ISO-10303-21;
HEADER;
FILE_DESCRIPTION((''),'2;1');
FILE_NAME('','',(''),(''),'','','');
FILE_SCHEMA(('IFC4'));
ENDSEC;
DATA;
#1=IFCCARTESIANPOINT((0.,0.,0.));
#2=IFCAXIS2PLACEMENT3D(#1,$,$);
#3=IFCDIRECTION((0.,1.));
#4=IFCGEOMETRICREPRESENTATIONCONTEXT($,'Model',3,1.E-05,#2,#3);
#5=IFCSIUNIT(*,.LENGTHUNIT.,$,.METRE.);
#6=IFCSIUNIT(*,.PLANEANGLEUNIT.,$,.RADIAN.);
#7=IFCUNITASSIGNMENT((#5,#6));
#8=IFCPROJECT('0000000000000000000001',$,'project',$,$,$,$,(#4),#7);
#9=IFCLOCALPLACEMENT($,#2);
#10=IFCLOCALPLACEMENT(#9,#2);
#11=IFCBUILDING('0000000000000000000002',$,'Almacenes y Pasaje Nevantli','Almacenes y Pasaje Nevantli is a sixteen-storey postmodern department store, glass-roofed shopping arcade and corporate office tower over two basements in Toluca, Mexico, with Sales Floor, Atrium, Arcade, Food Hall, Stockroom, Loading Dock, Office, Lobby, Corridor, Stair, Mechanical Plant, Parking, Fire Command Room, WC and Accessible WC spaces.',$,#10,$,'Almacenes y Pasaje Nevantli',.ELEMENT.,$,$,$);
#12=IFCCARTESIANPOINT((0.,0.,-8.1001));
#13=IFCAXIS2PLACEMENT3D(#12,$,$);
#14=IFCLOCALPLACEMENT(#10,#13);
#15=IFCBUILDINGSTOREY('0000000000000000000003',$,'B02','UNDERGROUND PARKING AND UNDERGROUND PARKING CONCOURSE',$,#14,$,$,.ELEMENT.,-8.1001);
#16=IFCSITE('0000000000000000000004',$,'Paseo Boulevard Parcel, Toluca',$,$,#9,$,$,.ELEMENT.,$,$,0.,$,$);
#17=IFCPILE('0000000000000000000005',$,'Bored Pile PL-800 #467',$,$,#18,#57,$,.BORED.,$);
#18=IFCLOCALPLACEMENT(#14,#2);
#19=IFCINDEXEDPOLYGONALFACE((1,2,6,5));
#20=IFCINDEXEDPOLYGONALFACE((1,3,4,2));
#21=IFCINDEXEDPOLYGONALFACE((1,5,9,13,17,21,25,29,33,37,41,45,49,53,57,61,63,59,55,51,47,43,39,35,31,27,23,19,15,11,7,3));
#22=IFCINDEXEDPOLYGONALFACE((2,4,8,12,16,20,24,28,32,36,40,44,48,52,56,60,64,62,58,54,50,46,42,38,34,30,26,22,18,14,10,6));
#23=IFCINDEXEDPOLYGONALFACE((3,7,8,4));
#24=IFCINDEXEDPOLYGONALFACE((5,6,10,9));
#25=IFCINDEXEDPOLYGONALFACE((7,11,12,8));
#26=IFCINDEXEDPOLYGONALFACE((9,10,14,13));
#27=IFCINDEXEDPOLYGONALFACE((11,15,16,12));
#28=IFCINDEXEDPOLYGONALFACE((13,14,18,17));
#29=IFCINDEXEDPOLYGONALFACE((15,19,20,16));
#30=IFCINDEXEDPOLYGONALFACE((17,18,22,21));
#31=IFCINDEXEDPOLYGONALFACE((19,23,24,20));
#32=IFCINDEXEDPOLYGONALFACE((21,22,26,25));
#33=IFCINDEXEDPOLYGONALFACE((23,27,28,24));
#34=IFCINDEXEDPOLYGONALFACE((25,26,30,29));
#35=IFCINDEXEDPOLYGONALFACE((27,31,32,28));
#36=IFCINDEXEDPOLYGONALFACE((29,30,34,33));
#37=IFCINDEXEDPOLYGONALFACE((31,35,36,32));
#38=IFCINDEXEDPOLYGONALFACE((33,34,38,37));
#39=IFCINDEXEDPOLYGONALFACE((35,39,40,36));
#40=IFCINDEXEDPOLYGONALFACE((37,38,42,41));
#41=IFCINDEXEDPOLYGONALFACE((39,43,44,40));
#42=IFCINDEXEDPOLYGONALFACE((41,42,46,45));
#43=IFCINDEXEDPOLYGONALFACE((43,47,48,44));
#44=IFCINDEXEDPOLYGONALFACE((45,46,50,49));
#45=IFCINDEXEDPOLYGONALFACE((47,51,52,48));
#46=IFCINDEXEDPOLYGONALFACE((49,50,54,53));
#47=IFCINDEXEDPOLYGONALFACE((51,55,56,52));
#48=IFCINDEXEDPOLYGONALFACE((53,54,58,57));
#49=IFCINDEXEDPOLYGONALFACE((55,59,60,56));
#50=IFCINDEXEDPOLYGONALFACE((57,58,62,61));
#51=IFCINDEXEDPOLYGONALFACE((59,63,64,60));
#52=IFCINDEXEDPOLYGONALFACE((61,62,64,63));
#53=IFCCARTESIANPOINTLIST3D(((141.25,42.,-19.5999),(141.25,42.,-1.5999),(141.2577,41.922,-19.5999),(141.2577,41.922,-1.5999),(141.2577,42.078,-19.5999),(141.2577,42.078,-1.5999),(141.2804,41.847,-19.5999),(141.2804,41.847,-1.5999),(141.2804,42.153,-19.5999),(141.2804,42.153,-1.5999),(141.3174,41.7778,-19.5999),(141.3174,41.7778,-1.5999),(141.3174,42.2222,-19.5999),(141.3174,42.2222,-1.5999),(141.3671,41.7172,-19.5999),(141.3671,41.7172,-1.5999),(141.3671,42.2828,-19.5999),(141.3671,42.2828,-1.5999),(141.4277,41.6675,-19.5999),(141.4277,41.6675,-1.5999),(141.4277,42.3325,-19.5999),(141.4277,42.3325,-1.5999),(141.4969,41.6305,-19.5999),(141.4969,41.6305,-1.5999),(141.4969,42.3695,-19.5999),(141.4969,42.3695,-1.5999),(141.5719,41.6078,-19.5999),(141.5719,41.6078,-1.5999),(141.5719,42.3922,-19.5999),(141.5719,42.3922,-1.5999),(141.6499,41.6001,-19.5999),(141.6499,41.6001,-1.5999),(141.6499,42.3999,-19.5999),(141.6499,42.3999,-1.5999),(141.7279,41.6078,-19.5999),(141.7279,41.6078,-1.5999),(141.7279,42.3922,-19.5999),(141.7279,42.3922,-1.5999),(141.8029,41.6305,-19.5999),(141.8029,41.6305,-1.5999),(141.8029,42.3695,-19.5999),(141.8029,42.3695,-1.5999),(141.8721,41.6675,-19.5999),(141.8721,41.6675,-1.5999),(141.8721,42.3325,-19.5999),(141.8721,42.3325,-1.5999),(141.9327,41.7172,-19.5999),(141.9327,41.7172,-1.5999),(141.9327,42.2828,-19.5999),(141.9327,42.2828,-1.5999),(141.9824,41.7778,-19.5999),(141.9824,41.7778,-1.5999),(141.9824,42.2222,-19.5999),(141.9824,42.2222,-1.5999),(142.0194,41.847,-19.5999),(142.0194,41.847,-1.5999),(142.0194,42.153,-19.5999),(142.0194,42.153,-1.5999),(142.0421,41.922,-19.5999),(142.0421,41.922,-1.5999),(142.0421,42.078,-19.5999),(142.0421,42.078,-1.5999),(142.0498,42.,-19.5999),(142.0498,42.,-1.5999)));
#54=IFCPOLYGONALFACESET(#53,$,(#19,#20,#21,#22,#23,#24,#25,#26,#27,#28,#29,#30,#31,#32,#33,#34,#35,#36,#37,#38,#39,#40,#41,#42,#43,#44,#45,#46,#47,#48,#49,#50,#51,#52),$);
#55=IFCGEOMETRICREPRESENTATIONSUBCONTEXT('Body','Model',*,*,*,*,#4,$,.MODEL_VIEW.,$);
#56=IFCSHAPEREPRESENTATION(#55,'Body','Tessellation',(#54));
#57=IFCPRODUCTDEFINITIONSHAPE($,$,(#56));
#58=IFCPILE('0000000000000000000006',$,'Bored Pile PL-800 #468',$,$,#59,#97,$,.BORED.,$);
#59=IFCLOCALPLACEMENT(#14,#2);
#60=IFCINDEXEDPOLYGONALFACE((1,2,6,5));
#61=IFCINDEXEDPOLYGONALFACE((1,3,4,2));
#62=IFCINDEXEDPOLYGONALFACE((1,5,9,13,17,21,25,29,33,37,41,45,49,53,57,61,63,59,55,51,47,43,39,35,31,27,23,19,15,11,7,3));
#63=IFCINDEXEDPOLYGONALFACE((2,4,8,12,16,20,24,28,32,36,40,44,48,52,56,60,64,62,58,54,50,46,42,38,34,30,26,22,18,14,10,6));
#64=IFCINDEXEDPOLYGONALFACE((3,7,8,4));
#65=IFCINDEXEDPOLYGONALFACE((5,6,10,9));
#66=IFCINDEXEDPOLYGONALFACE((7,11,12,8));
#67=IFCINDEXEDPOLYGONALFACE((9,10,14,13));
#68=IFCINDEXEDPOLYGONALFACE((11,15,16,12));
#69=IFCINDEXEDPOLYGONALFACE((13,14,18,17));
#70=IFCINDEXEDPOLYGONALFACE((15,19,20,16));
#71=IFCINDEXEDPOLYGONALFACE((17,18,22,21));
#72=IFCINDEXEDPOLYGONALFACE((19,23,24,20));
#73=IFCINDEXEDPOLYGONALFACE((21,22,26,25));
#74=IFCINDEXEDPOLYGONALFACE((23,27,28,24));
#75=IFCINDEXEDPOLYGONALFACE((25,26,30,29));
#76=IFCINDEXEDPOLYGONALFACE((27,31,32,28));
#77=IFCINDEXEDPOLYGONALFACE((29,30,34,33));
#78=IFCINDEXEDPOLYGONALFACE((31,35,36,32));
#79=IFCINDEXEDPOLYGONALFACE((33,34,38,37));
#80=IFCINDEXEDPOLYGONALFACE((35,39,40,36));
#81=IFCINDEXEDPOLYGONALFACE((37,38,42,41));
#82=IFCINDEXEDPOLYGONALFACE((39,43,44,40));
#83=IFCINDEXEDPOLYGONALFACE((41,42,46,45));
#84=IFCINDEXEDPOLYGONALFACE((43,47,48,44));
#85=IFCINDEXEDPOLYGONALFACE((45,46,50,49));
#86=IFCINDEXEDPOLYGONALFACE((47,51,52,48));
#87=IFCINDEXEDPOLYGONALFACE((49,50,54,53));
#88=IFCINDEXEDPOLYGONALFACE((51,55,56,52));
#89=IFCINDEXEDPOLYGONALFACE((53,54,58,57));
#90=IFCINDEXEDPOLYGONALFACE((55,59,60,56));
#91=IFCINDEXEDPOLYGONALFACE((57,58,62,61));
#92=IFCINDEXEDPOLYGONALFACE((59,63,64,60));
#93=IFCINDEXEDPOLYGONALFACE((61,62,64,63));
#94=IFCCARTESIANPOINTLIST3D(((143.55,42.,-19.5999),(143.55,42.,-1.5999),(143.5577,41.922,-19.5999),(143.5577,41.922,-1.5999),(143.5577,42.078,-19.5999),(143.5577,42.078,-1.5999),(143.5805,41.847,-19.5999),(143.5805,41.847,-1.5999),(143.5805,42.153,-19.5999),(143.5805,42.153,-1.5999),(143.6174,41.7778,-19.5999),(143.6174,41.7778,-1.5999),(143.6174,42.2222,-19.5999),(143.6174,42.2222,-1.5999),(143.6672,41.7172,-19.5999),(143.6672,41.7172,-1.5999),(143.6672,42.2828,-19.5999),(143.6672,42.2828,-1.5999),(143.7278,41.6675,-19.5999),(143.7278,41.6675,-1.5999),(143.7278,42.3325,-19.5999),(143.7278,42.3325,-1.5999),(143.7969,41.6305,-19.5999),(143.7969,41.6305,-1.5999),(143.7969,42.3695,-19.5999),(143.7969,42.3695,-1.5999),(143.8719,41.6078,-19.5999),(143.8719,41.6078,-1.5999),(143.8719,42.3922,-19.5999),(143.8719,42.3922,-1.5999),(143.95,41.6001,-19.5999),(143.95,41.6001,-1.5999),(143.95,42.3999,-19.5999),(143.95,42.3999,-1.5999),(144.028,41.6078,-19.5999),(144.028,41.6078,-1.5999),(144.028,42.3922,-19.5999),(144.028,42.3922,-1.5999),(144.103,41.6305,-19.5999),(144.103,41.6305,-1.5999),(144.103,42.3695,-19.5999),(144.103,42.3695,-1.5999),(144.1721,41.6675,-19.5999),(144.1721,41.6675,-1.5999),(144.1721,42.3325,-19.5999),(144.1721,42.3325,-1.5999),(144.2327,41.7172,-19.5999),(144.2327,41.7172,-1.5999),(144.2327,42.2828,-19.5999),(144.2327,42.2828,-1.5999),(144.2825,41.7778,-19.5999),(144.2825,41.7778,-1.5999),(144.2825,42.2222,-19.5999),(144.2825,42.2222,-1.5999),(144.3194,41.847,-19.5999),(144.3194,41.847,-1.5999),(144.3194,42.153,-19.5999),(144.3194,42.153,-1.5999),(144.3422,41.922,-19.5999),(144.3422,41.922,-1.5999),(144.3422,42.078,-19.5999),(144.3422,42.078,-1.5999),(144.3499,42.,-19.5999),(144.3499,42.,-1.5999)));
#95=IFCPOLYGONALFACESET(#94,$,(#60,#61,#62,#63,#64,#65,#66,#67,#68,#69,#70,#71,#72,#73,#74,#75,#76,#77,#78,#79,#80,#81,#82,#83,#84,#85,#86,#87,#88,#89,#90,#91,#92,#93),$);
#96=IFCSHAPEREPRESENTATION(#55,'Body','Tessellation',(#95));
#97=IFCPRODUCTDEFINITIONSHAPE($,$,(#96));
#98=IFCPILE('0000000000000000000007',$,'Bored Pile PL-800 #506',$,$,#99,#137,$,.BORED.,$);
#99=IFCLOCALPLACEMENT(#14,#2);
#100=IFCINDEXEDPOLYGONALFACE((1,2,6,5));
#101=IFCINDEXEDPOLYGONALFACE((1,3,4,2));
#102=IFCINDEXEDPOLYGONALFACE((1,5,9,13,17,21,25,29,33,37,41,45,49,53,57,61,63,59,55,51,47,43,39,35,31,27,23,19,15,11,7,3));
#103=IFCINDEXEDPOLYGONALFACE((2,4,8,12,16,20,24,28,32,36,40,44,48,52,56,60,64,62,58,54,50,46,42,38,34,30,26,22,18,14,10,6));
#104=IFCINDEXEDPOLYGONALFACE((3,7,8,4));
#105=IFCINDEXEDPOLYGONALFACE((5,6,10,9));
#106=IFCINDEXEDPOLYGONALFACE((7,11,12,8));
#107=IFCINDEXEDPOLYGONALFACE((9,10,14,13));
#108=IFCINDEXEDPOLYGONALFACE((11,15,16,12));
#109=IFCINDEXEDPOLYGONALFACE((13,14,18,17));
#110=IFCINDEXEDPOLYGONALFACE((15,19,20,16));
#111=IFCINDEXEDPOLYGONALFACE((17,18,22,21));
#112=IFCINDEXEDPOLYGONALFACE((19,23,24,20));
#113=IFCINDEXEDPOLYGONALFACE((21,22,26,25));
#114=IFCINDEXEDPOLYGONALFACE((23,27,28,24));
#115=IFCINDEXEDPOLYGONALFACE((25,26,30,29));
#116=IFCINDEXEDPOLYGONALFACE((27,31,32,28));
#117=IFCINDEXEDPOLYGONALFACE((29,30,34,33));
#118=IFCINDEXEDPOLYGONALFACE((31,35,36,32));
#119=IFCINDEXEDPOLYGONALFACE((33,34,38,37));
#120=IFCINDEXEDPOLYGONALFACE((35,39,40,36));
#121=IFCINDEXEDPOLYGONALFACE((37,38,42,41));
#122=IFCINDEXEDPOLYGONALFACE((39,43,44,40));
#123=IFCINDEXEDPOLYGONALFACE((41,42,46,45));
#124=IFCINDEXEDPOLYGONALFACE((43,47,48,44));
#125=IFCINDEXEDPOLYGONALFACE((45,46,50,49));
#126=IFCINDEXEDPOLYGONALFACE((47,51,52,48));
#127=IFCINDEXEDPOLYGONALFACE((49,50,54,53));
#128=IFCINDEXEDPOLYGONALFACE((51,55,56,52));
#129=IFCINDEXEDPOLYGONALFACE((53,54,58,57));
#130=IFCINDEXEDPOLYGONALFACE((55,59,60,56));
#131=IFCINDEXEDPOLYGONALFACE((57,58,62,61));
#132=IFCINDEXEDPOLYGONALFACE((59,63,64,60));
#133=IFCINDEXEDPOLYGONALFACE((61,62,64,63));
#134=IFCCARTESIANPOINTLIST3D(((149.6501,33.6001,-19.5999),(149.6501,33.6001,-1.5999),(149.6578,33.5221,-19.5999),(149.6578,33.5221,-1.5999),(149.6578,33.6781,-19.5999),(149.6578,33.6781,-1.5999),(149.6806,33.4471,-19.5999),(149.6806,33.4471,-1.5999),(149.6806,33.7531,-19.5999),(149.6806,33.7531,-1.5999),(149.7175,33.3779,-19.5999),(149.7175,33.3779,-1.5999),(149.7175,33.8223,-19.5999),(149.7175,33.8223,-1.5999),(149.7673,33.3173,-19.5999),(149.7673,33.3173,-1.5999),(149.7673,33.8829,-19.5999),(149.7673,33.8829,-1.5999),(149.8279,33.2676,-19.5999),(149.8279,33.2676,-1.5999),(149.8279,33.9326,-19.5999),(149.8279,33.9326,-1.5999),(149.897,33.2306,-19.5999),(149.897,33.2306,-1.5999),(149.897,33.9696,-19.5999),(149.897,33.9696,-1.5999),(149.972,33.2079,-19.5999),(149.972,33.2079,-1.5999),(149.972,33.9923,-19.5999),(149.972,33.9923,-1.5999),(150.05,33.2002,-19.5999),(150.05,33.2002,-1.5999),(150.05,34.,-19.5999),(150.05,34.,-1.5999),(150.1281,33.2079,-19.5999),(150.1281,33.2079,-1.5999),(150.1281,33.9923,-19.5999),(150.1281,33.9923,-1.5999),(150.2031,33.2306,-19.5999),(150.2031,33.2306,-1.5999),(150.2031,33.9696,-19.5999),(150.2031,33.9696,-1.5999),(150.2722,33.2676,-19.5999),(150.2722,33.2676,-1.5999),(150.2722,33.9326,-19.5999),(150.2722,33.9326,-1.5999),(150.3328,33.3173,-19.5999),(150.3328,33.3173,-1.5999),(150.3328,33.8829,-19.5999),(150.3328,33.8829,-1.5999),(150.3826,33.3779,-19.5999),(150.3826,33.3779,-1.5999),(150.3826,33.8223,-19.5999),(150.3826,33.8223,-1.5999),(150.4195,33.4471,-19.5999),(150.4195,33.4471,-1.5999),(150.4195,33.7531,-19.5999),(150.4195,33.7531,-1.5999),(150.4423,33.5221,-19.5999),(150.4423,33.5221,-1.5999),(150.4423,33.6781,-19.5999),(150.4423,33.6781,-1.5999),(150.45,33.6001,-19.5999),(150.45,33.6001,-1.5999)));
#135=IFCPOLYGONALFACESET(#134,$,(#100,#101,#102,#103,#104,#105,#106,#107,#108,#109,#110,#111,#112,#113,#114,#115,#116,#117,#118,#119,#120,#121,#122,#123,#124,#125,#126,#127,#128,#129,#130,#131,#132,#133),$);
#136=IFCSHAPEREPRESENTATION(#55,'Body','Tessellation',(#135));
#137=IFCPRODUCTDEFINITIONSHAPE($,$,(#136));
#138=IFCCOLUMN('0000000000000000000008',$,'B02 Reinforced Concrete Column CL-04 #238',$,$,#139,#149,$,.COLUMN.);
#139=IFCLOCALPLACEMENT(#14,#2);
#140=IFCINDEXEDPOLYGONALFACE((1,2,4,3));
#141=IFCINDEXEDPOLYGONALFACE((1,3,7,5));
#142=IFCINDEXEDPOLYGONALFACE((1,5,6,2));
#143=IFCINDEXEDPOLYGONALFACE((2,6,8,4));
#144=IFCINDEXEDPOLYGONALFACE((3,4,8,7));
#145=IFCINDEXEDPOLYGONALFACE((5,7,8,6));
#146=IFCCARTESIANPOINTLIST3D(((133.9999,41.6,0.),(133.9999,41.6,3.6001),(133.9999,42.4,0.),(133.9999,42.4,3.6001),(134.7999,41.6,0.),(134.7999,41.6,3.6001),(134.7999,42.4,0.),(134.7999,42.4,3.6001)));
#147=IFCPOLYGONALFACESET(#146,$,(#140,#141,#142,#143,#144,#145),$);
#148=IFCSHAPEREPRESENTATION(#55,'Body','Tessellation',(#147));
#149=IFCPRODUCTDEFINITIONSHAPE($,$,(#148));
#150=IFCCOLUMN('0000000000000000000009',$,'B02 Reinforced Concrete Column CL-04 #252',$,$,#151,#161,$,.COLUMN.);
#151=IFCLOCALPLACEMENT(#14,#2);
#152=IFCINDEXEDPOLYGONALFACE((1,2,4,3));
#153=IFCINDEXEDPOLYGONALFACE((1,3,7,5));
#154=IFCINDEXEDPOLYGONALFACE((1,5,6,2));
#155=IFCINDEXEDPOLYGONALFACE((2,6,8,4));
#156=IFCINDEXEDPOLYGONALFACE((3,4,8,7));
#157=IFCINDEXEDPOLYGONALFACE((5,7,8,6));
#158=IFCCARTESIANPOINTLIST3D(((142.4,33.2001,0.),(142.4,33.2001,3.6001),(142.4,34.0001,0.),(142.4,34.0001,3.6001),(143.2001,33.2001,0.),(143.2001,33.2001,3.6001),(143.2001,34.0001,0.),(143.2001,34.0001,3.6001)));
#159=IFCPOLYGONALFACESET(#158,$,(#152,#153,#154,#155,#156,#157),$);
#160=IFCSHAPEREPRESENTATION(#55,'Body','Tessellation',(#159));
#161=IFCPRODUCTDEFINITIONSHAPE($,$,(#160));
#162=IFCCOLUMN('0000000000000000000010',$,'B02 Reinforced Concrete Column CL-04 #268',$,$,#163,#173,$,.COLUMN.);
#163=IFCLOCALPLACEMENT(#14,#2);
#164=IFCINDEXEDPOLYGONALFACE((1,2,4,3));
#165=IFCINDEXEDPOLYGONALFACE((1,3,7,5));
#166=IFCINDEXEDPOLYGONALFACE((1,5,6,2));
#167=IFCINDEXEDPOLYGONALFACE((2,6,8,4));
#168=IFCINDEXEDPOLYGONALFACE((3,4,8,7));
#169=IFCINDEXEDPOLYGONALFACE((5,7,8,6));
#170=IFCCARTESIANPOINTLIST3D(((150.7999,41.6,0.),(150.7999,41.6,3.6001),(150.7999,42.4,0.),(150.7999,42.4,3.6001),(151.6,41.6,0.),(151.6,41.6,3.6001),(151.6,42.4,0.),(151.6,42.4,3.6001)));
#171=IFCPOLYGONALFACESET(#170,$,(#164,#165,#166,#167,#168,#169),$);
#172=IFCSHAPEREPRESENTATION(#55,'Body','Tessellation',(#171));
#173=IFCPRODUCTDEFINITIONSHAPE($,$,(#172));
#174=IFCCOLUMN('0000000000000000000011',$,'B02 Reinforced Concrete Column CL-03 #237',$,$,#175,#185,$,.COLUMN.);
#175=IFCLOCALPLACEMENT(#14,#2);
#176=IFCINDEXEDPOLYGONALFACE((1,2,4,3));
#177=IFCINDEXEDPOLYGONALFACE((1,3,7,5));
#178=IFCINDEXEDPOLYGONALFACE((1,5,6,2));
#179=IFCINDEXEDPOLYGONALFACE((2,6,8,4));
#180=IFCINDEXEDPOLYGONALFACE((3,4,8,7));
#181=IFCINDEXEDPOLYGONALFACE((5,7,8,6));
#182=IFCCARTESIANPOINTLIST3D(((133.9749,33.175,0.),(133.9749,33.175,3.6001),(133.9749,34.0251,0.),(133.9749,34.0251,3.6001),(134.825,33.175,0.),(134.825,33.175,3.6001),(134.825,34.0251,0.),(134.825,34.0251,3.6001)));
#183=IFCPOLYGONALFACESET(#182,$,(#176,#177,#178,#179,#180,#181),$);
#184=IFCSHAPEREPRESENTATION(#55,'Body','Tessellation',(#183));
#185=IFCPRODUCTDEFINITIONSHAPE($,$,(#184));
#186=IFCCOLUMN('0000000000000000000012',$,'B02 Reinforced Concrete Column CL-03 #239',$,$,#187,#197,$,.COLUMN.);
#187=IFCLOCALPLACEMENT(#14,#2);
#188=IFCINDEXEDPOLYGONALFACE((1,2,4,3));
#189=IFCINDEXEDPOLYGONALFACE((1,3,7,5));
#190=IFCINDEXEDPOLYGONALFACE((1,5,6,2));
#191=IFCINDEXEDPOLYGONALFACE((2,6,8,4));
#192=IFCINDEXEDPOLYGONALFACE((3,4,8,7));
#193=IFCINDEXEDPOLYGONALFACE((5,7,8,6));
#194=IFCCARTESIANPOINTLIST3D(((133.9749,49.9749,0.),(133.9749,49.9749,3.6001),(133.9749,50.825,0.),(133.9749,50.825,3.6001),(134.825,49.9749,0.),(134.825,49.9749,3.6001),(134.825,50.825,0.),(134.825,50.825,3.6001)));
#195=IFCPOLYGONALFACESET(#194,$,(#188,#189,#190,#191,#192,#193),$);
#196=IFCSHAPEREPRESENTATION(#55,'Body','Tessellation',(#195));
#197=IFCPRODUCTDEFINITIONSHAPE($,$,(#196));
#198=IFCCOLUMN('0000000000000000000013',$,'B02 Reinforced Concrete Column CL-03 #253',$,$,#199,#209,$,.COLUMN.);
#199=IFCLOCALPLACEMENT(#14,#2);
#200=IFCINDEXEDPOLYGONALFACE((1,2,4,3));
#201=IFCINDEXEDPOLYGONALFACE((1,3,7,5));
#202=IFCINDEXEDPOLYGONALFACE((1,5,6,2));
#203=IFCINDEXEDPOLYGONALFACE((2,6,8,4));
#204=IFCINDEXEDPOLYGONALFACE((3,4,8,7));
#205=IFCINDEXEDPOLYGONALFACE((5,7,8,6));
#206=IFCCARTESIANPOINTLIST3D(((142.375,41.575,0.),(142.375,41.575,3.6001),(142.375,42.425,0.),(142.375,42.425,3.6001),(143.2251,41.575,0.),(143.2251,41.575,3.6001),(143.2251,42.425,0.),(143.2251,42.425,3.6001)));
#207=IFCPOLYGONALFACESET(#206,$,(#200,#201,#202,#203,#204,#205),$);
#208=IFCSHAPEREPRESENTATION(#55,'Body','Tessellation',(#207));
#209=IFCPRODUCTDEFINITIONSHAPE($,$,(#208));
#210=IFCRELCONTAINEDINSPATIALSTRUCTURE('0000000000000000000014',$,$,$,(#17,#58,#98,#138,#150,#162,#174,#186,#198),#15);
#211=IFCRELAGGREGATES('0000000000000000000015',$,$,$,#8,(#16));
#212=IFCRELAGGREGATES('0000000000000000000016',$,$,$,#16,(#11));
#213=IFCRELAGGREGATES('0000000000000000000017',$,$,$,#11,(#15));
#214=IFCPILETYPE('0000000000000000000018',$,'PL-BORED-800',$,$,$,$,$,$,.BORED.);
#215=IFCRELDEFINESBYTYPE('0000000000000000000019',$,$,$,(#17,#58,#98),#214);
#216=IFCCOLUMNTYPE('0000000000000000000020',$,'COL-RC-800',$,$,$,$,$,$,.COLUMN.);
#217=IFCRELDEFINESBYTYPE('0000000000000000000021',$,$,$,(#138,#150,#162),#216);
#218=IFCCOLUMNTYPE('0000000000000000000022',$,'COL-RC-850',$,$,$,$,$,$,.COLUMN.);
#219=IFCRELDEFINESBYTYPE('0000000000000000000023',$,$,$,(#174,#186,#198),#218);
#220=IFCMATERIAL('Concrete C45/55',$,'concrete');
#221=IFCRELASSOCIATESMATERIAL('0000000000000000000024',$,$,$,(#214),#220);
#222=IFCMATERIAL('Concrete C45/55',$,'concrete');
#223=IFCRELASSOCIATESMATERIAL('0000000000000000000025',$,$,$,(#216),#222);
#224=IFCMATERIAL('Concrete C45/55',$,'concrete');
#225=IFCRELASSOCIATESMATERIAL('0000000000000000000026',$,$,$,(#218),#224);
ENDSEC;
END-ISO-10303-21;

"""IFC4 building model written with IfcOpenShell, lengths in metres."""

from ifc_helpers import new_model, si_unit, direction, frame, origin, origin_2d, place, context, subcontext, project, spatial, rectangle, circle, extrude, material, material_profile, profile_set, type_object, element, save


model = new_model("IFC4")

# Units and contexts
model_context = context("Model", 3, precision=1e-05, world=origin(), true_north=direction((0.0, 1.0)))
body_context = subcontext(model_context, "Body", "Model", "MODEL_VIEW")
ifc_project = project(units=[si_unit("LENGTHUNIT", "METRE"), si_unit("PLANEANGLEUNIT", "RADIAN")], contexts=[model_context])

# Site, building, storey
site_placement = place(None, origin())
site = spatial("IfcSite", under=ifc_project, at=site_placement, Name="Paseo Boulevard Parcel, Toluca", CompositionType="ELEMENT", RefElevation=0.0)
building_placement = place(site_placement, origin())
building = spatial("IfcBuilding", under=site, at=building_placement, Name="Almacenes y Pasaje Nevantli", Description="Almacenes y Pasaje Nevantli is a sixteen-storey postmodern department store, glass-roofed shopping arcade and corporate office tower over two basements in Toluca, Mexico, with Sales Floor, Atrium, Arcade, Food Hall, Stockroom, Loading Dock, Office, Lobby, Corridor, Stair, Mechanical Plant, Parking, Fire Command Room, WC and Accessible WC spaces.", LongName="Almacenes y Pasaje Nevantli", CompositionType="ELEMENT")
storey_placement = place(building_placement, frame((0.0, 0.0, -8.1001)))
storey = spatial("IfcBuildingStorey", under=building, at=storey_placement, Name="B02", Description="UNDERGROUND PARKING AND UNDERGROUND PARKING CONCOURSE", CompositionType="ELEMENT", Elevation=-8.1001)

# Piles
ifc_material_1 = material(Name="Concrete C45/55", Category="concrete")
ifc_material_profile_1 = material_profile(ifc_material_1, circle(Radius=0.3999, at=origin_2d()), Name="RC-PILE-D800")
ifc_profile_set_1 = profile_set([ifc_material_profile_1], Name="Concrete C45/55")
pile_type_1 = type_object("IfcPileType", Name="PL-BORED-800", PredefinedType="BORED", material=ifc_profile_set_1)
for number, where, z_axis, x_axis, name in (
    (1, (141.6499, 42.0, -1.5999), (0.0, 0.0, -1.0), (1.0, 0.0, 0.0), "Bored Pile PL-800 #467"),
    (2, (143.95, 42.0, -1.5999), (0.0, 0.0, -1.0), (1.0, 0.0, 0.0), "Bored Pile PL-800 #468"),
    (3, (150.05, 33.6001, -1.5999), (0.0, 0.0, -1.0), (1.0, 0.0, 0.0), "Bored Pile PL-800 #506"),
):
    element("IfcPile", number, at=place(storey_placement, frame(where, z_axis=z_axis, x_axis=x_axis)), inside=storey, type_object=pile_type_1, Name=name, PredefinedType="BORED", context=body_context, shape_type="SweptSolid", body=[
        extrude(circle(Radius=0.3999, at=origin_2d()), origin(), (0.0, 0.0, 1.0), 18.0),
    ])

# Columns
ifc_material_2 = material(Name="Concrete C45/55", Category="concrete")
ifc_material_profile_2 = material_profile(ifc_material_2, rectangle(XDim=0.8, YDim=0.8, at=origin_2d()), Name="RC-COL-800x800")
ifc_profile_set_2 = profile_set([ifc_material_profile_2], Name="Concrete C45/55")
column_type_1 = type_object("IfcColumnType", Name="COL-RC-800", PredefinedType="COLUMN", material=ifc_profile_set_2)
for number, where, z_axis, x_axis, name in (
    (4, (134.3999, 42.0, 0.0), (0.0, 0.0, 1.0), (1.0, 0.0, 0.0), "B02 Reinforced Concrete Column CL-04 #238"),
    (5, (142.8, 33.6001, 0.0), (0.0, 0.0, 1.0), (1.0, 0.0, 0.0), "B02 Reinforced Concrete Column CL-04 #252"),
    (6, (151.2, 42.0, 0.0), (0.0, 0.0, 1.0), (1.0, 0.0, 0.0), "B02 Reinforced Concrete Column CL-04 #268"),
):
    element("IfcColumn", number, at=place(storey_placement, frame(where, z_axis=z_axis, x_axis=x_axis)), inside=storey, type_object=column_type_1, Name=name, PredefinedType="COLUMN", context=body_context, shape_type="SweptSolid", body=[
        extrude(rectangle(XDim=0.8, YDim=0.8, at=origin_2d()), origin(), (0.0, 0.0, 1.0), 3.6001),
    ])
ifc_material_3 = material(Name="Concrete C45/55", Category="concrete")
ifc_material_profile_3 = material_profile(ifc_material_3, rectangle(XDim=0.8501, YDim=0.8501, at=origin_2d()), Name="RC-COL-850x850")
ifc_profile_set_3 = profile_set([ifc_material_profile_3], Name="Concrete C45/55")
column_type_2 = type_object("IfcColumnType", Name="COL-RC-850", PredefinedType="COLUMN", material=ifc_profile_set_3)
for number, where, z_axis, x_axis, name in (
    (7, (134.3999, 33.6001, 0.0), (0.0, 0.0, 1.0), (1.0, 0.0, 0.0), "B02 Reinforced Concrete Column CL-03 #237"),
    (8, (134.3999, 50.3999, 0.0), (0.0, 0.0, 1.0), (1.0, 0.0, 0.0), "B02 Reinforced Concrete Column CL-03 #239"),
    (9, (142.8, 42.0, 0.0), (0.0, 0.0, 1.0), (1.0, 0.0, 0.0), "B02 Reinforced Concrete Column CL-03 #253"),
):
    element("IfcColumn", number, at=place(storey_placement, frame(where, z_axis=z_axis, x_axis=x_axis)), inside=storey, type_object=column_type_2, Name=name, PredefinedType="COLUMN", context=body_context, shape_type="SweptSolid", body=[
        extrude(rectangle(XDim=0.8501, YDim=0.8501, at=origin_2d()), origin(), (0.0, 0.0, 1.0), 3.6001),
    ])

save(model, "model.ifc")
